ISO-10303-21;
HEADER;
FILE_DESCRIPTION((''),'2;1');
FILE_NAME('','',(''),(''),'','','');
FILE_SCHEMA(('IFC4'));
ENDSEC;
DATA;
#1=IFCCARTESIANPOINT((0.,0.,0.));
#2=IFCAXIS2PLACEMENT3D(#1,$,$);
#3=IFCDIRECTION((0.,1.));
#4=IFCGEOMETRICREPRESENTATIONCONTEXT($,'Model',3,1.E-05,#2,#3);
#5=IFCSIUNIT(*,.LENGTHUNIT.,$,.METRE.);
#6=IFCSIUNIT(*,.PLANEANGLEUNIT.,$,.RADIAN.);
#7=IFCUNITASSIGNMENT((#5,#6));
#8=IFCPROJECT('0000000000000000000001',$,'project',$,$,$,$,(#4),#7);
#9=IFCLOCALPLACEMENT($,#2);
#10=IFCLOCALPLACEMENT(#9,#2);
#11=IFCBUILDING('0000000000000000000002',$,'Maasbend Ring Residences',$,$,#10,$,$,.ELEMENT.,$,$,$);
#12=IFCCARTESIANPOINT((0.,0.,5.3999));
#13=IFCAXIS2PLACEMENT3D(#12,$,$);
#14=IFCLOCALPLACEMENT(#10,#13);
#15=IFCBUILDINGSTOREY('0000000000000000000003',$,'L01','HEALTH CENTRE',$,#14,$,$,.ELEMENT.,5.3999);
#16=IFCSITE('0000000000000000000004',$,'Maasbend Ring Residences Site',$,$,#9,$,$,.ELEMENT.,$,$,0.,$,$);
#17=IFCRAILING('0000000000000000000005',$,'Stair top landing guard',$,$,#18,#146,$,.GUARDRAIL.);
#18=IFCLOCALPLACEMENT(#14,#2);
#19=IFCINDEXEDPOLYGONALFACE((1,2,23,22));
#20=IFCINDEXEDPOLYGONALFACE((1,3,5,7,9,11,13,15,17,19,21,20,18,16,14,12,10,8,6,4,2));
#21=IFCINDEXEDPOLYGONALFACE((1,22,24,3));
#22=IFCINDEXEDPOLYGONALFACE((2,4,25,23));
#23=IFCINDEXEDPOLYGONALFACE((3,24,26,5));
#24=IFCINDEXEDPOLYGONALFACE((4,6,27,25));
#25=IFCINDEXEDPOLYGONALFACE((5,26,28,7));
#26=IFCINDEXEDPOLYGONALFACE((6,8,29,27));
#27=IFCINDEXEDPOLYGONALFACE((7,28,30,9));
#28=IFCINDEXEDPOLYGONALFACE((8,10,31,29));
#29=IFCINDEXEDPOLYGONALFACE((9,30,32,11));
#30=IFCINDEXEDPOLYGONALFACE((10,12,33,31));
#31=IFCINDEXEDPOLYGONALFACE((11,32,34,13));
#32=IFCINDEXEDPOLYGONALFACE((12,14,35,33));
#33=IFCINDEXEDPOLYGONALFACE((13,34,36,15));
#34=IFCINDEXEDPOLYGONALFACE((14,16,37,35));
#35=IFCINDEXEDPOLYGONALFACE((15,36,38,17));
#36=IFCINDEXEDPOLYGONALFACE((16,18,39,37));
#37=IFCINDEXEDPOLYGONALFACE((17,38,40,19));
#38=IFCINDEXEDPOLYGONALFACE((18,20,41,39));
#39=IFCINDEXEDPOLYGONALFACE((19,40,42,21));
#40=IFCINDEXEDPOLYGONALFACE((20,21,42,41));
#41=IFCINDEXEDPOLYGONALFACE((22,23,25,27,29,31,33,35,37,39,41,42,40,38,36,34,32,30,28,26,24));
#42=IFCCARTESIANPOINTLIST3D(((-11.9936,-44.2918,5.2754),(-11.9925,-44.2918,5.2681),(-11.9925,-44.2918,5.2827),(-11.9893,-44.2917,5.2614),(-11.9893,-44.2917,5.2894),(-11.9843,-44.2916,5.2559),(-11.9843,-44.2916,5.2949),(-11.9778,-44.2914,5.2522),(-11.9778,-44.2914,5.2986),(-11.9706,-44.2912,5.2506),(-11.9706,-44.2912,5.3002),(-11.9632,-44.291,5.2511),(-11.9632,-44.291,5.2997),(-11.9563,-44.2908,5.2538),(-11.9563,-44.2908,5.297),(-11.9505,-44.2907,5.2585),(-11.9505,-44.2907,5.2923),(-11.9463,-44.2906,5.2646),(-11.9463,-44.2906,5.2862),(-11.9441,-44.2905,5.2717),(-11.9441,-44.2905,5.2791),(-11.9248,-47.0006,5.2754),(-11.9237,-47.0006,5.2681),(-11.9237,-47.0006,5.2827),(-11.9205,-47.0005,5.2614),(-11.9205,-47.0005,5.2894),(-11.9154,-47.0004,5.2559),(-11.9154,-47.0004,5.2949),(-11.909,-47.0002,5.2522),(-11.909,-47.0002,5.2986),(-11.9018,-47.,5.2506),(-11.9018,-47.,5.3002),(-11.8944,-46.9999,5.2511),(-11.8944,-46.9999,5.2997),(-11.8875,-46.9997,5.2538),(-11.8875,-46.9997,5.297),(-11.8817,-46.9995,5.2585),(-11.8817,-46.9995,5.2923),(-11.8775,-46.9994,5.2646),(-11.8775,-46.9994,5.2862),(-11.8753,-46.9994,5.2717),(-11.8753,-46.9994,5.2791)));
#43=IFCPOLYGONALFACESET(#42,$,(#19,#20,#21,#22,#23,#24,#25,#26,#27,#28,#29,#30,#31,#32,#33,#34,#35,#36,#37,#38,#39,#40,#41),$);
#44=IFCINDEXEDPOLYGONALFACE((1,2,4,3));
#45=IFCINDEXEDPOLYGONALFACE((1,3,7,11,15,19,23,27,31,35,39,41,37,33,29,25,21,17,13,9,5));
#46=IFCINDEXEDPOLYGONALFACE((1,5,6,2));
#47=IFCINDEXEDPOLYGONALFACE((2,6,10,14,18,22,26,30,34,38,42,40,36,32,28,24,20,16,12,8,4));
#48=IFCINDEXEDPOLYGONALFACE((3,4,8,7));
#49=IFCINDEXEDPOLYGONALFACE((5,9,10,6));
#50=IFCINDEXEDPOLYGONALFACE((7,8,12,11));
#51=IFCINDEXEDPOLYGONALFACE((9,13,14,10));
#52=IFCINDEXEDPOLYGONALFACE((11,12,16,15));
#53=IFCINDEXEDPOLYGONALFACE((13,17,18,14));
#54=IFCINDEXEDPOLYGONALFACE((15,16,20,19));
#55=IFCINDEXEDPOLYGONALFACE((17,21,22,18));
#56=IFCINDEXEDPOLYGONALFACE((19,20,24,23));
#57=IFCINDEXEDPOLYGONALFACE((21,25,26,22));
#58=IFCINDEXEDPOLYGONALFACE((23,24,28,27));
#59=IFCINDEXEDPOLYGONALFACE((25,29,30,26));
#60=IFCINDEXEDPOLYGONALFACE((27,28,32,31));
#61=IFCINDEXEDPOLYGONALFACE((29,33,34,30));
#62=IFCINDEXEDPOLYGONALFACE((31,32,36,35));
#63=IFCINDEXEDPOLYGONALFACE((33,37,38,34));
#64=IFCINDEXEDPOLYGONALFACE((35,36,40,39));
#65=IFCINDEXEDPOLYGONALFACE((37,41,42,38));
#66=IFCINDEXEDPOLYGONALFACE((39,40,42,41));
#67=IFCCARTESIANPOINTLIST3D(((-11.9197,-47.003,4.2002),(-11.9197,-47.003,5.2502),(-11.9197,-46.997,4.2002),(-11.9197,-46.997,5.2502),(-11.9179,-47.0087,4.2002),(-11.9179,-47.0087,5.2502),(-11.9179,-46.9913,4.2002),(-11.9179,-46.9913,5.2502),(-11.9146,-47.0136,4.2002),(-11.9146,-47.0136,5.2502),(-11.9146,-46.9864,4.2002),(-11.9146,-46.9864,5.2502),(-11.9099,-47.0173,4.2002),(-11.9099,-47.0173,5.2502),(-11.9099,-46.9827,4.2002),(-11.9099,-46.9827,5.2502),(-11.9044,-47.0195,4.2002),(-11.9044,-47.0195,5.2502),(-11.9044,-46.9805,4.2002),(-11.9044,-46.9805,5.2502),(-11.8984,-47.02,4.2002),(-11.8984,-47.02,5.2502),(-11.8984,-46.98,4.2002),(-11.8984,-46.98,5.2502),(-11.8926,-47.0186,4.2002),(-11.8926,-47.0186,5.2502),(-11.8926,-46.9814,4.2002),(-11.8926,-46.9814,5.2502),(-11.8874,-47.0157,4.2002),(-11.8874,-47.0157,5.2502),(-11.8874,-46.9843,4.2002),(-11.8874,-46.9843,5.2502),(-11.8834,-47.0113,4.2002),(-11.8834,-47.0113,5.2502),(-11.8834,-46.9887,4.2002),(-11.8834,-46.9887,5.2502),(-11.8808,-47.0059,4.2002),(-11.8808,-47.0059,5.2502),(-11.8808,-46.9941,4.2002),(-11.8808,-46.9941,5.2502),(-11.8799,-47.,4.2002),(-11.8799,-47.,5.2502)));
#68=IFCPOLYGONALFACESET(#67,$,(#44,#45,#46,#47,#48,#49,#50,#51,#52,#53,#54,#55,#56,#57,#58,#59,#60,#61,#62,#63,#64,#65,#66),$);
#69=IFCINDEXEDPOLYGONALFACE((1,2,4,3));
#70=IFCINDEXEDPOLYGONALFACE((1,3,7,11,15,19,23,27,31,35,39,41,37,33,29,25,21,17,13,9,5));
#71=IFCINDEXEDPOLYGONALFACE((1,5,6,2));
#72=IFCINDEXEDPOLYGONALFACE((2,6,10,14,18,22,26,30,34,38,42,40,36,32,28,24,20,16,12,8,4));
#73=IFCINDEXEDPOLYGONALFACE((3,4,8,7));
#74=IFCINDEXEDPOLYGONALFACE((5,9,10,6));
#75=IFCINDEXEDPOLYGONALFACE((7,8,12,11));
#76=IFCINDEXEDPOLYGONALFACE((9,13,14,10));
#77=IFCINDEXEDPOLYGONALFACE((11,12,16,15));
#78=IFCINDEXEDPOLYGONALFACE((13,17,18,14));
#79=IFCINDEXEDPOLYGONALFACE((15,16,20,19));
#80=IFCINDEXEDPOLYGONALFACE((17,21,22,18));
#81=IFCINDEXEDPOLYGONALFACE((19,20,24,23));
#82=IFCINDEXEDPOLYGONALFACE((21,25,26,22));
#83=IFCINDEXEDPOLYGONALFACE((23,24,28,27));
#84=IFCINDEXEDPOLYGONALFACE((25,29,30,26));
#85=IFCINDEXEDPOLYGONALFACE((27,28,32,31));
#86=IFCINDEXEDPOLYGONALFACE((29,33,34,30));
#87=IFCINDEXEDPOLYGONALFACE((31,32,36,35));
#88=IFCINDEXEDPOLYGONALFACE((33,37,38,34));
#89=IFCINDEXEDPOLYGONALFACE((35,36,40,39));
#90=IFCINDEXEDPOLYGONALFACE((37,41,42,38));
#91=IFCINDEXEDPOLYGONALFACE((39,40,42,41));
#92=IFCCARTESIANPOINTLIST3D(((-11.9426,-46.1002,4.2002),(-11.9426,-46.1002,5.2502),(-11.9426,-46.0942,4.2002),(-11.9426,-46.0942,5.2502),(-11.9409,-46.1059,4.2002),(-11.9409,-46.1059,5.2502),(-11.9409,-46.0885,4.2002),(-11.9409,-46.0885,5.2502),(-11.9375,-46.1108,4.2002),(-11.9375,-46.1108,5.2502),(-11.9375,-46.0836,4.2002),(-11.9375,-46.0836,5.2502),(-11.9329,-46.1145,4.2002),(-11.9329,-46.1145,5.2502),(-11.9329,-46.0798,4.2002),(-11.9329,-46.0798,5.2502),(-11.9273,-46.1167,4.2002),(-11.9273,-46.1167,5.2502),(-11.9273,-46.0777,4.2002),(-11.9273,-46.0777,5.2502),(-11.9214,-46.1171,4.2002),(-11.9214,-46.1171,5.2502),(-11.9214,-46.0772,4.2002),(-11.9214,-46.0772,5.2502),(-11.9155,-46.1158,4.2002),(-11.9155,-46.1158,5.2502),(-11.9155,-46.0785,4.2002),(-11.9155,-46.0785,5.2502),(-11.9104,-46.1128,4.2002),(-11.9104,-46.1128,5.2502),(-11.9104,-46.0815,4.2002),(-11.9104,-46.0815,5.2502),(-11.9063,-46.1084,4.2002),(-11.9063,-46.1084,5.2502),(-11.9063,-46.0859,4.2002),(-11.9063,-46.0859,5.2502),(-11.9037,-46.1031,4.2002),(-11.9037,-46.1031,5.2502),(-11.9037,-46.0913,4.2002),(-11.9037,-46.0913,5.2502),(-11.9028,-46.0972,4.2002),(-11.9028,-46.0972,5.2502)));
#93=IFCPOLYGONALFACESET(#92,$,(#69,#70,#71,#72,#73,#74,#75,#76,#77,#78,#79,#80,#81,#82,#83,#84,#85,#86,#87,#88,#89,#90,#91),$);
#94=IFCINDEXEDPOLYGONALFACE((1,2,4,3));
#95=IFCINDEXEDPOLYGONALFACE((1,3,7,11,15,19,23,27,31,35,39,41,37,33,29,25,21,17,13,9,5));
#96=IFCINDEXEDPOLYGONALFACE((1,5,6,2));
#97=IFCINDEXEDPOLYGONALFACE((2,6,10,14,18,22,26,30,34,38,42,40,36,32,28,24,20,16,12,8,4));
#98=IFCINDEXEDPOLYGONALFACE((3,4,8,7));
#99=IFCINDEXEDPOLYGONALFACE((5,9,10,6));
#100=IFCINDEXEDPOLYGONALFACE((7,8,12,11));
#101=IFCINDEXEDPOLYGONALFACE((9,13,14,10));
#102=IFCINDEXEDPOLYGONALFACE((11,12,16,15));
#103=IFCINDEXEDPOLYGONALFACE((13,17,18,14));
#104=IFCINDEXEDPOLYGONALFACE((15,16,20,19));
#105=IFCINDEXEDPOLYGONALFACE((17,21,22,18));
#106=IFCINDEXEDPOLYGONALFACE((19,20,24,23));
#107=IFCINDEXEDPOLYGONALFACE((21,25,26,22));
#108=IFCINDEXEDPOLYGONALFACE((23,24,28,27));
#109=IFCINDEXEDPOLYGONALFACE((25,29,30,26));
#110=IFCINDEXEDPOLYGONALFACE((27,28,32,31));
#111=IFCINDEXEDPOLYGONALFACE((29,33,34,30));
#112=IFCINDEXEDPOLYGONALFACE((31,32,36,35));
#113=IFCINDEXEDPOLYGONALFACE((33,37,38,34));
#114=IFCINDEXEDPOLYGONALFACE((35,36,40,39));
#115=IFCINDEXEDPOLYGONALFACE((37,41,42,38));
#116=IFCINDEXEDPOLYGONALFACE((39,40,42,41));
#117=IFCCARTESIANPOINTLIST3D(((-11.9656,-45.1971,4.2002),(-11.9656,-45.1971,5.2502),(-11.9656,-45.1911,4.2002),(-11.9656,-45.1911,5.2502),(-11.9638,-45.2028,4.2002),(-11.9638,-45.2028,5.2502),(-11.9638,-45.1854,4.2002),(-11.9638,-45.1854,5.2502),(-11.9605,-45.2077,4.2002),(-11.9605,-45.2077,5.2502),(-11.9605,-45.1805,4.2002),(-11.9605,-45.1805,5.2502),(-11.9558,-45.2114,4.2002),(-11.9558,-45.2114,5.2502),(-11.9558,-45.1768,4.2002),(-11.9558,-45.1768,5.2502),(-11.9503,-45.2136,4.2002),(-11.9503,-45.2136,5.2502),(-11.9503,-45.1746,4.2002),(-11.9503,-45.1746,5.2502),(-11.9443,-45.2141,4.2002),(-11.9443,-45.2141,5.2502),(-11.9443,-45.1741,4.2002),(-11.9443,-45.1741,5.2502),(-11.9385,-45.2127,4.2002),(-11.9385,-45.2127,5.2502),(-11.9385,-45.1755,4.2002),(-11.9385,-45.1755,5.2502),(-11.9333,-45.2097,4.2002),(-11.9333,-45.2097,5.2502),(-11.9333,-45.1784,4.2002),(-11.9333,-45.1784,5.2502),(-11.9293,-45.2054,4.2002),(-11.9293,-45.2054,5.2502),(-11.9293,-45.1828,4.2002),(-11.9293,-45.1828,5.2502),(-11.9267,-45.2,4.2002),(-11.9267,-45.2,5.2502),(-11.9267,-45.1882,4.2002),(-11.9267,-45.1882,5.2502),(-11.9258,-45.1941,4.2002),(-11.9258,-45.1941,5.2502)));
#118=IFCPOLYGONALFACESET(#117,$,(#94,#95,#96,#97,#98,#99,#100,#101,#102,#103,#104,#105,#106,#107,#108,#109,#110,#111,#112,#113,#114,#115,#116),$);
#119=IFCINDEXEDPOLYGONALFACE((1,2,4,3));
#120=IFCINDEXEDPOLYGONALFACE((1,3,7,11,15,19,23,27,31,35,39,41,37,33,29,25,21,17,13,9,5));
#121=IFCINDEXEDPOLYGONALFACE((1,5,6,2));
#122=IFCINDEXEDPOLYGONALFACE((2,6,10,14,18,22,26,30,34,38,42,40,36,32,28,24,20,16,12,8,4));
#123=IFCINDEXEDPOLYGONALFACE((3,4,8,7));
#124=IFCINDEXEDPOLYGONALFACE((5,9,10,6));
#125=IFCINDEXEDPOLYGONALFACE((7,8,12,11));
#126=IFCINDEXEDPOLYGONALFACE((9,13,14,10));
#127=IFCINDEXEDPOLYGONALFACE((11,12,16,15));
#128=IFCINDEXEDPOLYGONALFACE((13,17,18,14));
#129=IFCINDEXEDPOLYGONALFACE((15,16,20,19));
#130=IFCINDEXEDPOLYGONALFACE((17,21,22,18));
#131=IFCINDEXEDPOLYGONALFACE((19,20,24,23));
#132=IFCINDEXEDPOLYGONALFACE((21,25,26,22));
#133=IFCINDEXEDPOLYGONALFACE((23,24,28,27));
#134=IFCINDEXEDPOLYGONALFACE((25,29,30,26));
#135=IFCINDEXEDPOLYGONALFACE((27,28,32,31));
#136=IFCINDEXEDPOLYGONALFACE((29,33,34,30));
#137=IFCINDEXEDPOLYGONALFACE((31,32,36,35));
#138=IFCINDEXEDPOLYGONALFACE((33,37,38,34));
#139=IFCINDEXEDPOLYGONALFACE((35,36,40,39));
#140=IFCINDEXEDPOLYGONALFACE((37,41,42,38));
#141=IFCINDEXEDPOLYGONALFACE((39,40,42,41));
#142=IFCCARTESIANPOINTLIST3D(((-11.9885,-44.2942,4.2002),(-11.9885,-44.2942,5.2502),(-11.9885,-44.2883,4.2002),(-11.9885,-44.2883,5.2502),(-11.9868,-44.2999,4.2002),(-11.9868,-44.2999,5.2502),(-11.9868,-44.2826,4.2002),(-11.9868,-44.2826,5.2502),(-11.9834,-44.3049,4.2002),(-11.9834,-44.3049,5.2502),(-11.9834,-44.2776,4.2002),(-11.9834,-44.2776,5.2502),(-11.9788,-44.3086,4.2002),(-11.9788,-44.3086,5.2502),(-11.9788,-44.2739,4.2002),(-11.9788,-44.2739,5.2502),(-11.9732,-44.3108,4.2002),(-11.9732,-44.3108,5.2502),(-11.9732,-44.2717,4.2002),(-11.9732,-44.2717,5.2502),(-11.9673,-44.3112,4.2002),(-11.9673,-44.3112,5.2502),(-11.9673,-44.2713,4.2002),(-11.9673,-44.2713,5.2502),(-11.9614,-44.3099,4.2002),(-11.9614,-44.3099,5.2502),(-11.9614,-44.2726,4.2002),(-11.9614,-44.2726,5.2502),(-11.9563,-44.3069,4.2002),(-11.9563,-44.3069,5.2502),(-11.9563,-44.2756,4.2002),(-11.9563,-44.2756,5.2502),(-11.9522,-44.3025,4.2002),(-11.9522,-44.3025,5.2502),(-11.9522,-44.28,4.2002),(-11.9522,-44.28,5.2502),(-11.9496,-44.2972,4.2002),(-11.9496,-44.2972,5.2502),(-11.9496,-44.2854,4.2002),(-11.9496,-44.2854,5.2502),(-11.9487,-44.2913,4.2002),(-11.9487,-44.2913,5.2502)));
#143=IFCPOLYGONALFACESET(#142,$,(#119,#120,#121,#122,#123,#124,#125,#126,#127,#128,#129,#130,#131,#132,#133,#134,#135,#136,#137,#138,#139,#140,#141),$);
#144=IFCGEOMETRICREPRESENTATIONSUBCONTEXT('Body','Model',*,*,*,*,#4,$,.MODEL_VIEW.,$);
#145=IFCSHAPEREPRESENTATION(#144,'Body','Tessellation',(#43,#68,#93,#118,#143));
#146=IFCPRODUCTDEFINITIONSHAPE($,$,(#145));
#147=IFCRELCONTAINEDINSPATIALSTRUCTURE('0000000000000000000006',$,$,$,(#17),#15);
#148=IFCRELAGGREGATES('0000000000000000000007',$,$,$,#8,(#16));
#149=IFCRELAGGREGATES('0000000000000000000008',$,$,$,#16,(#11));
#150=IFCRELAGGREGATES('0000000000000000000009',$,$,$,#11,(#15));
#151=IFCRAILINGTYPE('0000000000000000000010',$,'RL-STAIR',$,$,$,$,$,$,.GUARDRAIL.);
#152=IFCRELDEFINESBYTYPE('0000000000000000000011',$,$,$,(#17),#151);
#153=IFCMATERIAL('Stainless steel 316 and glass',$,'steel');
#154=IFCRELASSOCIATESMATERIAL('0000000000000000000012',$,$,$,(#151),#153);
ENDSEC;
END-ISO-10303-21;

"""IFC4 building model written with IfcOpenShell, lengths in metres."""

from ifc_helpers import new_model, si_unit, direction, frame, origin, origin_2d, place, context, subcontext, project, spatial, circle, extrude, material, type_object, element, save


model = new_model("IFC4")

# Units and contexts
model_context = context("Model", 3, precision=1e-05, world=origin(), true_north=direction((0.0, 1.0)))
body_context = subcontext(model_context, "Body", "Model", "MODEL_VIEW")
ifc_project = project(units=[si_unit("LENGTHUNIT", "METRE"), si_unit("PLANEANGLEUNIT", "RADIAN")], contexts=[model_context])

# Site, building, storey
site_placement = place(None, origin())
site = spatial("IfcSite", under=ifc_project, at=site_placement, Name="Maasbend Ring Residences Site", CompositionType="ELEMENT", RefElevation=0.0)
building_placement = place(site_placement, origin())
building = spatial("IfcBuilding", under=site, at=building_placement, Name="Maasbend Ring Residences", CompositionType="ELEMENT")
storey_placement = place(building_placement, frame((0.0, 0.0, 5.3999)))
storey = spatial("IfcBuildingStorey", under=building, at=storey_placement, Name="L01", Description="HEALTH CENTRE", CompositionType="ELEMENT", Elevation=5.3999)

# Railing
ifc_material_1 = material(Name="Stainless steel 316 and glass", Category="steel")
railing_type = type_object("IfcRailingType", Name="RL-STAIR", PredefinedType="GUARDRAIL", material=ifc_material_1)
railing_1_placement = place(storey_placement, frame((-11.8999, -47.0, 4.2002)))
element("IfcRailing", 1, at=railing_1_placement, inside=storey, type_object=railing_type, Name="Stair top landing guard", PredefinedType="GUARDRAIL", context=body_context, shape_type="SweptSolid", body=[
    extrude(circle(Radius=0.0249, at=origin_2d()), frame((0.0, 0.0, 1.0752), z_axis=(-0.025409, 0.999677, 0.0), x_axis=(-0.999677, -0.025409, 0.0)), (0.0, 0.0, 1.0), 2.7097),
    extrude(circle(Radius=0.02, at=origin_2d()), origin(), (0.0, 0.0, 1.0), 1.05),
    extrude(circle(Radius=0.02, at=origin_2d()), frame((-0.0229, 0.9028, 0.0)), (0.0, 0.0, 1.0), 1.05),
    extrude(circle(Radius=0.02, at=origin_2d()), frame((-0.0459, 1.8059, 0.0)), (0.0, 0.0, 1.0), 1.05),
    extrude(circle(Radius=0.02, at=origin_2d()), frame((-0.0688, 2.7087, 0.0)), (0.0, 0.0, 1.0), 1.05),
])

save(model, "model.ifc")
